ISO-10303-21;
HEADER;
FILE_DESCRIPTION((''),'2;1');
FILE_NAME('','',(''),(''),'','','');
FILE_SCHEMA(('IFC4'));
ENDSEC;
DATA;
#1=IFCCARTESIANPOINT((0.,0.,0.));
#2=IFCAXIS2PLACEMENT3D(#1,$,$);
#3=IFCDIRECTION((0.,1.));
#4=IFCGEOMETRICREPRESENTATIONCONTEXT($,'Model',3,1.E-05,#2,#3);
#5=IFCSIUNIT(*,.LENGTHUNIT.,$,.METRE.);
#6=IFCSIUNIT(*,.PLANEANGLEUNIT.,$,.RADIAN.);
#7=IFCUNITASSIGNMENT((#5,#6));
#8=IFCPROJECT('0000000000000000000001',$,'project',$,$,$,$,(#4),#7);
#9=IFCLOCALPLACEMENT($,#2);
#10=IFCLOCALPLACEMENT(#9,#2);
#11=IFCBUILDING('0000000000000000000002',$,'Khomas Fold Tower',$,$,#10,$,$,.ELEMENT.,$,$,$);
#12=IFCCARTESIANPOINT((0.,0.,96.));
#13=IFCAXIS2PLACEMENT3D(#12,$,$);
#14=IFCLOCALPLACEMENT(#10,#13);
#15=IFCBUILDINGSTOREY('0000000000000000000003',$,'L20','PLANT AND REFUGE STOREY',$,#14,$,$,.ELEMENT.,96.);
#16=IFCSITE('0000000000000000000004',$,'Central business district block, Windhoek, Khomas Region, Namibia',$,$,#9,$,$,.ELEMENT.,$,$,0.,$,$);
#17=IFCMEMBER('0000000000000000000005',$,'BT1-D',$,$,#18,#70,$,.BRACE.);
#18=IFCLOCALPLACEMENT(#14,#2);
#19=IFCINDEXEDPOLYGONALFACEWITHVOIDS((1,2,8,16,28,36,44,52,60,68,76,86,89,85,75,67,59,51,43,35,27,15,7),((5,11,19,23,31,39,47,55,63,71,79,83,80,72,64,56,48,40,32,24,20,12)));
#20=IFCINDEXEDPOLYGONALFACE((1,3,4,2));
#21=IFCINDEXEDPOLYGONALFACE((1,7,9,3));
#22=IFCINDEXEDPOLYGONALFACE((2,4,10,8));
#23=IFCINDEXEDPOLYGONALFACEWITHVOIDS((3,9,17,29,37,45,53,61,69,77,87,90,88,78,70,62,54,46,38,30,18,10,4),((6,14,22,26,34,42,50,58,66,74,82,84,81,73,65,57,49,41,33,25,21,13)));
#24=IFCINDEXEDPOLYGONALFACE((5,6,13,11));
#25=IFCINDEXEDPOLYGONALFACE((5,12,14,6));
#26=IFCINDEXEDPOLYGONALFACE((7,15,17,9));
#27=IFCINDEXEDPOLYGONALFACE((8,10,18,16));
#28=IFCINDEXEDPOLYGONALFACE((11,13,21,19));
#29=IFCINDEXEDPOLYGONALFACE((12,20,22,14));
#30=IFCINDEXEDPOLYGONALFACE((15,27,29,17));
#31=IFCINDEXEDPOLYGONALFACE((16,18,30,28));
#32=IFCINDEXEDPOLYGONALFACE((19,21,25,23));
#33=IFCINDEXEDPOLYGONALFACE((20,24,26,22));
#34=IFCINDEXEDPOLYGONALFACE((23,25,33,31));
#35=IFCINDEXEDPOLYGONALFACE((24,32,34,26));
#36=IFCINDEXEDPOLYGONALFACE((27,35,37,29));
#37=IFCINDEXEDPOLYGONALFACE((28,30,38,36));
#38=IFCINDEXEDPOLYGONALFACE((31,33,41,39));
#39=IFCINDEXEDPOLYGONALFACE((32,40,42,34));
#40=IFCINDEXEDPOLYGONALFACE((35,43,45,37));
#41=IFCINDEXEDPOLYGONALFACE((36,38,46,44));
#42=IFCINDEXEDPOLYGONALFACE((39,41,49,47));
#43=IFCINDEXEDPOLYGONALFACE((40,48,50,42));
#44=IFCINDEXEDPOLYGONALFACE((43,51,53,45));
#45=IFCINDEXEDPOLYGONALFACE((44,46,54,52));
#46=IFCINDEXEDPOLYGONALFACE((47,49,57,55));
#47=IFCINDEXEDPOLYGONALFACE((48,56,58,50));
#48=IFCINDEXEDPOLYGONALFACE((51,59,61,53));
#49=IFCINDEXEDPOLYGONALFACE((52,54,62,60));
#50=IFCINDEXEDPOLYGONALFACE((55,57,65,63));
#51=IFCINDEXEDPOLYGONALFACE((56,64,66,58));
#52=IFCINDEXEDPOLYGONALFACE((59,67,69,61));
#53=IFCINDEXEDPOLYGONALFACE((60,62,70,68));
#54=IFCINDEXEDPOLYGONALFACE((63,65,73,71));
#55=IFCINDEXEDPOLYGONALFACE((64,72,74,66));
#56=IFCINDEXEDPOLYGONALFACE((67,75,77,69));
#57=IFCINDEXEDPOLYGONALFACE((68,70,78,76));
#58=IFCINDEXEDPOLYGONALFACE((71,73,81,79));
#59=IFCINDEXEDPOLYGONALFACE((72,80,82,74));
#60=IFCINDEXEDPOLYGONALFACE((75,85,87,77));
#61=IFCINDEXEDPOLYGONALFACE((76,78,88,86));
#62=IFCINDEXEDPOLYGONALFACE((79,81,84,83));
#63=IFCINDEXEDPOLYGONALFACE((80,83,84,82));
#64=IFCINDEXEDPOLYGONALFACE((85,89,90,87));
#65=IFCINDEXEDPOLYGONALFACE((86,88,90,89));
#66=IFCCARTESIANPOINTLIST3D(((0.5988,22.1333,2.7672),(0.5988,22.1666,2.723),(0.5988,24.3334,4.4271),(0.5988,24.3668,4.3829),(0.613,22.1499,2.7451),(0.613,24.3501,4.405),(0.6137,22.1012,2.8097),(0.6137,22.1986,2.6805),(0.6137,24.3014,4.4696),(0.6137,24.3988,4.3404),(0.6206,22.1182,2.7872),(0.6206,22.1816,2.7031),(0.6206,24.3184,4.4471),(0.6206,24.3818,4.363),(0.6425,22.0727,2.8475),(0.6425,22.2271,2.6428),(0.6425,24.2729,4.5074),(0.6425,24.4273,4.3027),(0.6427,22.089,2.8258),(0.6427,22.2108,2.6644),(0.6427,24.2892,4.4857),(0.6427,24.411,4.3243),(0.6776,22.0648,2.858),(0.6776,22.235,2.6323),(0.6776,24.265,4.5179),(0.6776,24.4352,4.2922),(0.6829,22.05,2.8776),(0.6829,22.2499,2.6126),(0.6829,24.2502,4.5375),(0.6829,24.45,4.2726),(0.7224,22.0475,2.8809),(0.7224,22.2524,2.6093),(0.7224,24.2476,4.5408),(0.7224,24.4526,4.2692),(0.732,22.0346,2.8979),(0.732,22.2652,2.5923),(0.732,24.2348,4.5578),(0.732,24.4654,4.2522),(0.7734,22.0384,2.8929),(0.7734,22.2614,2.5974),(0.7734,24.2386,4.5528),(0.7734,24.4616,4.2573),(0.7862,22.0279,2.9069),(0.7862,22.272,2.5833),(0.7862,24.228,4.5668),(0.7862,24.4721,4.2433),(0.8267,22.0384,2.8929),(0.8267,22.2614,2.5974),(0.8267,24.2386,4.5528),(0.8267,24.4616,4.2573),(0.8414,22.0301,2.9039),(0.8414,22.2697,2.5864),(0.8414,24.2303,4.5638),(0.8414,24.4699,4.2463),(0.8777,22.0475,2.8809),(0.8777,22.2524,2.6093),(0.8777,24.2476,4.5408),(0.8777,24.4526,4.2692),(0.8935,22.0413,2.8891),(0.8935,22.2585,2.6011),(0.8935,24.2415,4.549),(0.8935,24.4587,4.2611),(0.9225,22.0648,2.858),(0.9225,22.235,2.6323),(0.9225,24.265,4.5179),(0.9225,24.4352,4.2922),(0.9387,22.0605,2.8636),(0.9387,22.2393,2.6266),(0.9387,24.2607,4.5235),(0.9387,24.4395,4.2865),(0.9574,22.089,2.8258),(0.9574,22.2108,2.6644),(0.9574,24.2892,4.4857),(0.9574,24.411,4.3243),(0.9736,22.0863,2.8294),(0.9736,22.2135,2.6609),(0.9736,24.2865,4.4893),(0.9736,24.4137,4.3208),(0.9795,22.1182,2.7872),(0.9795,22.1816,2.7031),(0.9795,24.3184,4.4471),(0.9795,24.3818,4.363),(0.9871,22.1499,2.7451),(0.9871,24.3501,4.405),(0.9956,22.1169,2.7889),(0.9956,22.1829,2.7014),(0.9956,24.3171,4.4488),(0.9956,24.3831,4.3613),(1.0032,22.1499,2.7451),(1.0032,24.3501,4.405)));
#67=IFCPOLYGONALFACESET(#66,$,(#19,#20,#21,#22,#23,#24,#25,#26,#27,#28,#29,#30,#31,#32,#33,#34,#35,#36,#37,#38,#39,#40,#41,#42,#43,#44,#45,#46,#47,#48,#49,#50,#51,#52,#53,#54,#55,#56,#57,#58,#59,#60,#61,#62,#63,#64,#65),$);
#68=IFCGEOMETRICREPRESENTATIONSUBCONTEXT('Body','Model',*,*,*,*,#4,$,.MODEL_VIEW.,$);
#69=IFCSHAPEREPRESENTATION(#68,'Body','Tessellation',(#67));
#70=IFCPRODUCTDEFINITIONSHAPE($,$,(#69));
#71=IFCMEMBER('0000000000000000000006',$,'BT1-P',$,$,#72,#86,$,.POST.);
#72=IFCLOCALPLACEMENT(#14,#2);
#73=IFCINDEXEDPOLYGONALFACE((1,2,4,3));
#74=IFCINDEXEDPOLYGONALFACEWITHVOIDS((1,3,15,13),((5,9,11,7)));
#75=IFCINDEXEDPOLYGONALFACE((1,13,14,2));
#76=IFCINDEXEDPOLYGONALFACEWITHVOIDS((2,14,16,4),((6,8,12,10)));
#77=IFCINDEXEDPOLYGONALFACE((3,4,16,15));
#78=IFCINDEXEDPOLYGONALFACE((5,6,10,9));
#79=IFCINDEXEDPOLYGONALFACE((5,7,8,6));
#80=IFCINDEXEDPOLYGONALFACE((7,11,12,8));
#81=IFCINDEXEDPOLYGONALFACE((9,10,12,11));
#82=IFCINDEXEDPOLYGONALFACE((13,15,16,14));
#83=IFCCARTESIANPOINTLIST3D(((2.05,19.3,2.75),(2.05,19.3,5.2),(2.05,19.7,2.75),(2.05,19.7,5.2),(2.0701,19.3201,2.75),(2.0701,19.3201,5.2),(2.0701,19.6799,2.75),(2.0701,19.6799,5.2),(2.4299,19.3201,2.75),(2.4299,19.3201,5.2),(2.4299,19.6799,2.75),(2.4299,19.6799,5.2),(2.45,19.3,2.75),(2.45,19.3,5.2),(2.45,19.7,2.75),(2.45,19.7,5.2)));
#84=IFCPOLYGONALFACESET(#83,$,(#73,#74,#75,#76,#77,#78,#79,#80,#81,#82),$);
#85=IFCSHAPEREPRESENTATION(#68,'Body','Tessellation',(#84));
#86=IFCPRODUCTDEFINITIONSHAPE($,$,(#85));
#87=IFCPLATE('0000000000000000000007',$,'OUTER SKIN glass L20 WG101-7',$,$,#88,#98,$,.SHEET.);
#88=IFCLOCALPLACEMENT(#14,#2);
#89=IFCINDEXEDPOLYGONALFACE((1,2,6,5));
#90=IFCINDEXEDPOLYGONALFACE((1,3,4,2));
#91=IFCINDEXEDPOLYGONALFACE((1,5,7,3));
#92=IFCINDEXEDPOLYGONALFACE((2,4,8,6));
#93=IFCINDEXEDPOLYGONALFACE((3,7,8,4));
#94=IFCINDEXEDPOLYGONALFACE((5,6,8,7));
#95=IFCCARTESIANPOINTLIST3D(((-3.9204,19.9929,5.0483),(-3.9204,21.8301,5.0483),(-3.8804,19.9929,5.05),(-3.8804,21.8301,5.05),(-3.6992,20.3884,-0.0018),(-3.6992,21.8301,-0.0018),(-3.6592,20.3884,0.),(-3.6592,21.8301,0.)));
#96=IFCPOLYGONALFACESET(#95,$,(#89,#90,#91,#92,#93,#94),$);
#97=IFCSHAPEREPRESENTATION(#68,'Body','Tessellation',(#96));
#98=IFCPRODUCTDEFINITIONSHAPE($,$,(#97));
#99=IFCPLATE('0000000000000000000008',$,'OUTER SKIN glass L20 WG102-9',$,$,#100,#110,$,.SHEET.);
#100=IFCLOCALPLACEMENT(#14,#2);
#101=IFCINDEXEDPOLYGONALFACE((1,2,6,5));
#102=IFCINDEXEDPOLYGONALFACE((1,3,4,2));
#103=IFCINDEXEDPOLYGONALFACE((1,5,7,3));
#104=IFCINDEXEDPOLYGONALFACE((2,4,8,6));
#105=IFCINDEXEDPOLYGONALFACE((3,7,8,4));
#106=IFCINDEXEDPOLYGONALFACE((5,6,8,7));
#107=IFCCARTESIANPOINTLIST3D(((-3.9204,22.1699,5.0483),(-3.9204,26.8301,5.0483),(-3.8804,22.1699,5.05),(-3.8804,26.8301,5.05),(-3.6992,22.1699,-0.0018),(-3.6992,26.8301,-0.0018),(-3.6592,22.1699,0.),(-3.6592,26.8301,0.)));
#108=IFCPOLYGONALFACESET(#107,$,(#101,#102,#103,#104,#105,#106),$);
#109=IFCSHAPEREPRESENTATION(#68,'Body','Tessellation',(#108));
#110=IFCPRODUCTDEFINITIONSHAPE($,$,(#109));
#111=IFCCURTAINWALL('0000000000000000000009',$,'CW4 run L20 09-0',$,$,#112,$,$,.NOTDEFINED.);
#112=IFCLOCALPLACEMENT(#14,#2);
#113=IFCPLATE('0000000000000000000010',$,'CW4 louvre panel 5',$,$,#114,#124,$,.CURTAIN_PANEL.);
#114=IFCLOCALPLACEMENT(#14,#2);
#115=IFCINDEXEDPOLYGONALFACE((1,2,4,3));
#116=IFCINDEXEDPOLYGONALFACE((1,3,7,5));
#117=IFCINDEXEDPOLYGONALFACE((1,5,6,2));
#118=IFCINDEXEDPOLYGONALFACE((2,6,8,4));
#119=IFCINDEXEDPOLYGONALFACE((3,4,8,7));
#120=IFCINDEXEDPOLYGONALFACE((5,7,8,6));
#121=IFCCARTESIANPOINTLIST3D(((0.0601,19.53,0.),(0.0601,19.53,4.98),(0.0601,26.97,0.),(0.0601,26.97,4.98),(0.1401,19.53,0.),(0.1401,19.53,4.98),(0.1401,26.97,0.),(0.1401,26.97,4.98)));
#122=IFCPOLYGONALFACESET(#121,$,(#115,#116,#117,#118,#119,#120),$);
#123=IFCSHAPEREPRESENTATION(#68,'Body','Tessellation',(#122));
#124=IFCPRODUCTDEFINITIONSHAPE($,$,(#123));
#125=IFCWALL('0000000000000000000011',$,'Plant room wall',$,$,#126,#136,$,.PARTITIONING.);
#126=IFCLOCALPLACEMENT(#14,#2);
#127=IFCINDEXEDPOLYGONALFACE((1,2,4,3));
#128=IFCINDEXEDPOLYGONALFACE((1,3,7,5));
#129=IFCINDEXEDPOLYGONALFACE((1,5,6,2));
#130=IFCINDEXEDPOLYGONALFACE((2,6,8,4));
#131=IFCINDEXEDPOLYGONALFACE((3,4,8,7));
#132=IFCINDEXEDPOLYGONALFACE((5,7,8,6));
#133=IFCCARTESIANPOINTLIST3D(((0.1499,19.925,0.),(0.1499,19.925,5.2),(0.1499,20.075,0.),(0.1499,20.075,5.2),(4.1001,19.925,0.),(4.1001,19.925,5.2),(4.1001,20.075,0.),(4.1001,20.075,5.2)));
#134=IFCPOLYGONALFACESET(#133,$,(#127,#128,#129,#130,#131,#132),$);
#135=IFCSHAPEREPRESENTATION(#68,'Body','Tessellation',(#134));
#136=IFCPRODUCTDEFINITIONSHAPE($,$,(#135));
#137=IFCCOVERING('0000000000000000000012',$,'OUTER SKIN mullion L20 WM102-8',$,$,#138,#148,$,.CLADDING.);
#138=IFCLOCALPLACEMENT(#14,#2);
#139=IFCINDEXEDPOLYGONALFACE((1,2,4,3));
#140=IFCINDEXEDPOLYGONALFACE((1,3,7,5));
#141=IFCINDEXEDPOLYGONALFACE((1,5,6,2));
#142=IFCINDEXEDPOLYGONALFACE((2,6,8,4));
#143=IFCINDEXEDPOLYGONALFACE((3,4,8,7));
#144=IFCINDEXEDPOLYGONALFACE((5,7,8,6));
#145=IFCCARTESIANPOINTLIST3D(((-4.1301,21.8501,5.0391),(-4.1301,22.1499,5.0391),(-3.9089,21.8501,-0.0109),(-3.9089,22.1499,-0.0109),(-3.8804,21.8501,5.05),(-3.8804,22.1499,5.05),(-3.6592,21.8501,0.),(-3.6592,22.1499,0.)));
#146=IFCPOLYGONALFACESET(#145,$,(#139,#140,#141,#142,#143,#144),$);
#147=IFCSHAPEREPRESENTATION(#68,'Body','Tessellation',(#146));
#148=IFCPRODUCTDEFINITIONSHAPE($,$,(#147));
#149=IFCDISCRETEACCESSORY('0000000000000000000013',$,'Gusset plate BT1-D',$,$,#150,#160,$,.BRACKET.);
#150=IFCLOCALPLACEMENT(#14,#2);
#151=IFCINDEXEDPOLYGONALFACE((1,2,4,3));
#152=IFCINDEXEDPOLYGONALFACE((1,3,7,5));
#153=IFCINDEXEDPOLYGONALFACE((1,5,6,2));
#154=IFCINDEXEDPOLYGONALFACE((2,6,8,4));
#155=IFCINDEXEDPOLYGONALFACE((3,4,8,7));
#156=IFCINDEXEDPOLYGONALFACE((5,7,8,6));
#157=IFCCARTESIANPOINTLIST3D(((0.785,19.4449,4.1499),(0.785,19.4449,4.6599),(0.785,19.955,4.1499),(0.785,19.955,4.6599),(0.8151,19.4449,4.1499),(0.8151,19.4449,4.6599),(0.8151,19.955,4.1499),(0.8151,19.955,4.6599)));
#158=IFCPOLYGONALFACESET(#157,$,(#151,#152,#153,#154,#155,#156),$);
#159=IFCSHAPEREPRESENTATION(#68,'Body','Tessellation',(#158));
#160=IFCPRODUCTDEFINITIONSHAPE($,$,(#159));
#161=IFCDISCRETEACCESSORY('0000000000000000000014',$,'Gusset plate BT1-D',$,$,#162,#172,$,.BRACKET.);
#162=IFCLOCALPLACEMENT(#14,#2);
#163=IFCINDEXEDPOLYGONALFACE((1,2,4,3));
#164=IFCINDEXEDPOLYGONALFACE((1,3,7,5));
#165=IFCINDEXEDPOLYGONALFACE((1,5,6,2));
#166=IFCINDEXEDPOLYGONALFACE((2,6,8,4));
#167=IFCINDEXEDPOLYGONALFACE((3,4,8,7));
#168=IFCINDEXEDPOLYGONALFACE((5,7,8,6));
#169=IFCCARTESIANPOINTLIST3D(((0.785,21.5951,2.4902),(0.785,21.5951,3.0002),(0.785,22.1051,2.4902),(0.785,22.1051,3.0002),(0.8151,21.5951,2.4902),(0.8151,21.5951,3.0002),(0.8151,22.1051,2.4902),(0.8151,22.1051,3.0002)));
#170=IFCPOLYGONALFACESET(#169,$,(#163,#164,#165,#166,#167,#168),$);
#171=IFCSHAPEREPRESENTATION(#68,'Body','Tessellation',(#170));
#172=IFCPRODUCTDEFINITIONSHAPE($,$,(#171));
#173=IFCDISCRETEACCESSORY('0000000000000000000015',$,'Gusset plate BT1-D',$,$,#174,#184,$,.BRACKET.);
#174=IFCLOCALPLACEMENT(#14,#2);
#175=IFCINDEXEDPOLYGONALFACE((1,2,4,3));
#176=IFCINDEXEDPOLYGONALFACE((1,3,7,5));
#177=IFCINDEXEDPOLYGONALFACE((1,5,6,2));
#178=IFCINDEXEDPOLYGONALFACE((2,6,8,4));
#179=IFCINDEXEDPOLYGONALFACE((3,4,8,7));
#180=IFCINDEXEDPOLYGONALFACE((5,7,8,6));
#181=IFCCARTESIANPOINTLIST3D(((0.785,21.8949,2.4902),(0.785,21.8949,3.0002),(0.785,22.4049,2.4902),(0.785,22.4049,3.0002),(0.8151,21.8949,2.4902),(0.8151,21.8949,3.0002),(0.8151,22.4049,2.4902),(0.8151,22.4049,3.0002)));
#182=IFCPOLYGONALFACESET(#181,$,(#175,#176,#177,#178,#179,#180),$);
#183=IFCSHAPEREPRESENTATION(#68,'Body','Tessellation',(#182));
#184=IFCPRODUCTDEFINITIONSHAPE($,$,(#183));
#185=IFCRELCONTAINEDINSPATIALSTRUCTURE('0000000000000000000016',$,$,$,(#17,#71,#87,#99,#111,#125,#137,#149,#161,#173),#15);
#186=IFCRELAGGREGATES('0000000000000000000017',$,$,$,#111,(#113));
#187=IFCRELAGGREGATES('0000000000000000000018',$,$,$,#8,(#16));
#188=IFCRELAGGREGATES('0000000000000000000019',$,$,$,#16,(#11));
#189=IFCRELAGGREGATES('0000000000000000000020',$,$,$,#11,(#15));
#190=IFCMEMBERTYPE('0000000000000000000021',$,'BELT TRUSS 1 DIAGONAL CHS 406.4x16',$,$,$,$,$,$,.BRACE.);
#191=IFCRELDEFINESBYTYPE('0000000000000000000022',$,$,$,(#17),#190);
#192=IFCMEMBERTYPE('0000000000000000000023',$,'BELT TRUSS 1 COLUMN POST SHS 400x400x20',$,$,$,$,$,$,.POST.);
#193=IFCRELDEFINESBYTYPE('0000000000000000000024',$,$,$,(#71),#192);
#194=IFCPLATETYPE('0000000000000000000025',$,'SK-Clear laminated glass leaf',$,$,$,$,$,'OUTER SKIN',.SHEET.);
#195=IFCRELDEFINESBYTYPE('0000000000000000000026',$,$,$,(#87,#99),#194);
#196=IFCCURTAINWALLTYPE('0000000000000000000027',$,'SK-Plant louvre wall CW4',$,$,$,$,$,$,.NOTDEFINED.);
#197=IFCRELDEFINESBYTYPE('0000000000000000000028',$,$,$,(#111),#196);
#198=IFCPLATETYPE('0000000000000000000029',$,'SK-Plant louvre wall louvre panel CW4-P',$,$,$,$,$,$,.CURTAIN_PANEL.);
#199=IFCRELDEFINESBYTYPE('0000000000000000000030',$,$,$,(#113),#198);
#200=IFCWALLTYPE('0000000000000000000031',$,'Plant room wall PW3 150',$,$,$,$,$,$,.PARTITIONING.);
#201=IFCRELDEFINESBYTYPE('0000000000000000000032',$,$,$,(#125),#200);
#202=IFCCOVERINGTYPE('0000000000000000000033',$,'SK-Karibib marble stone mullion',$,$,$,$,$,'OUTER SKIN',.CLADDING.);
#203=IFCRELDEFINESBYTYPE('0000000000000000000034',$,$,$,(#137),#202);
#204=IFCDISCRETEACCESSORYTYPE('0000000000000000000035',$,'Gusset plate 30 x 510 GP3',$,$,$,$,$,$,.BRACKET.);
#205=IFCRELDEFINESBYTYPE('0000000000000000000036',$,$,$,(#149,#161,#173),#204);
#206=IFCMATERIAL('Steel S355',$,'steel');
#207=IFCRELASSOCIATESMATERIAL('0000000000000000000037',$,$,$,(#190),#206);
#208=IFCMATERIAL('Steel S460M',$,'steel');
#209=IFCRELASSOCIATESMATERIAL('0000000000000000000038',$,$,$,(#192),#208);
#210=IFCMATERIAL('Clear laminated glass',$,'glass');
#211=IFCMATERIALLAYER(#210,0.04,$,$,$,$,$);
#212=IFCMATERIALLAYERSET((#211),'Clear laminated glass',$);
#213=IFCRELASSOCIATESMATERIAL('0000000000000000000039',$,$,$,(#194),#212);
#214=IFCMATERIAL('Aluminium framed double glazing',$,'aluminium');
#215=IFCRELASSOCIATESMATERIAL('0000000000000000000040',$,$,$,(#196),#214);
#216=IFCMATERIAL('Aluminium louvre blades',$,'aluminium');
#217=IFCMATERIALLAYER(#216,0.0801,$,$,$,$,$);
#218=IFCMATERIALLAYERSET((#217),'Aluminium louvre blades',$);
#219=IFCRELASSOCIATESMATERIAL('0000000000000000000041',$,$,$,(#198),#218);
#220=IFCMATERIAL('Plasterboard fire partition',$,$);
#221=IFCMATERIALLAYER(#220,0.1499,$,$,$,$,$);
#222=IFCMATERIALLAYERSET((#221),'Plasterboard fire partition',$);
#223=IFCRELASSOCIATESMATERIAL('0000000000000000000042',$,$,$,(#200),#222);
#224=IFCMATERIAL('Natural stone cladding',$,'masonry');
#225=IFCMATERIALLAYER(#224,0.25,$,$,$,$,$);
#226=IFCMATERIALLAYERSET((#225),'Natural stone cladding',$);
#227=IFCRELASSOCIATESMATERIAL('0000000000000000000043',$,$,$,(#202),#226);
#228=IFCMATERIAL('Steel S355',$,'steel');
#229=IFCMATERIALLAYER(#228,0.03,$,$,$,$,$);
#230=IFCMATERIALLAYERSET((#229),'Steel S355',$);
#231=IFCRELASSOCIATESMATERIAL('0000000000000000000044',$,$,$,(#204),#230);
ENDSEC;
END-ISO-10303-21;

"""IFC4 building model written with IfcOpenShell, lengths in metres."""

from ifc_helpers import new_model, si_unit, direction, frame, frame_2d, origin, origin_2d, place, context, subcontext, project, spatial, polyline, rectangle, hollow_rectangle, hollow_circle, outline, extrude, source, transform, mapped, material, layer, layer_set, material_profile, profile_set, type_object, element, aggregate, save


model = new_model("IFC4")

# Units and contexts
model_context = context("Model", 3, precision=1e-05, world=origin(), true_north=direction((0.0, 1.0)))
body_context = subcontext(model_context, "Body", "Model", "MODEL_VIEW")
ifc_project = project(units=[si_unit("LENGTHUNIT", "METRE"), si_unit("PLANEANGLEUNIT", "RADIAN")], contexts=[model_context])

# Site, building, storey
site_placement = place(None, origin())
site = spatial("IfcSite", under=ifc_project, at=site_placement, Name="Central business district block, Windhoek, Khomas Region, Namibia", CompositionType="ELEMENT", RefElevation=0.0)
building_placement = place(site_placement, origin())
building = spatial("IfcBuilding", under=site, at=building_placement, Name="Khomas Fold Tower", CompositionType="ELEMENT")
storey_placement = place(building_placement, frame((0.0, 0.0, 96.0)))
storey = spatial("IfcBuildingStorey", under=building, at=storey_placement, Name="L20", Description="PLANT AND REFUGE STOREY", CompositionType="ELEMENT", Elevation=96.0)

# Members
ifc_material_1 = material(Name="Steel S355", Category="steel")
ifc_material_profile_1 = material_profile(ifc_material_1, hollow_circle(Radius=0.2031, WallThickness=0.0161, at=origin_2d()), Name="CHS 406.4x16")
ifc_profile_set_1 = profile_set([ifc_material_profile_1], Name="Steel S355")
member_type_1 = type_object("IfcMemberType", Name="BELT TRUSS 1 DIAGONAL CHS 406.4x16", PredefinedType="BRACE", material=ifc_profile_set_1)
shared_shape_1 = source(origin(), body_context, "Body", "SweptSolid", [
    extrude(hollow_circle(Radius=0.2031, WallThickness=0.0161, at=origin_2d()), origin(), (0.0, 0.0, 1.0), 2.7561),
])
member_1_placement = place(storey_placement, frame((0.8, 24.3501, 4.405), z_axis=(0.0, -0.798296, -0.602265), x_axis=(1.0, 0.0, 0.0)))
element("IfcMember", 1, at=member_1_placement, inside=storey, type_object=member_type_1, Name="BT1-D", PredefinedType="BRACE", context=body_context, shape_type="MappedRepresentation", body=[
    mapped(shared_shape_1, transform((0.0, 0.0, 0.0))),
])
ifc_material_2 = material(Name="Steel S460M", Category="steel")
ifc_material_profile_2 = material_profile(ifc_material_2, hollow_rectangle(XDim=0.3999, YDim=0.3999, WallThickness=0.02, at=origin_2d()), Name="SHS 400x400x20")
ifc_profile_set_2 = profile_set([ifc_material_profile_2], Name="Steel S460M")
member_type_2 = type_object("IfcMemberType", Name="BELT TRUSS 1 COLUMN POST SHS 400x400x20", PredefinedType="POST", material=ifc_profile_set_2)
shared_shape_2 = source(origin(), body_context, "Body", "SweptSolid", [
    extrude(hollow_rectangle(XDim=0.3999, YDim=0.3999, WallThickness=0.02, at=origin_2d()), origin(), (0.0, 0.0, 1.0), 2.45),
])
member_2_placement = place(storey_placement, frame((2.25, 19.5, 2.75), z_axis=(0.0, 0.0, 1.0), x_axis=(1.0, 0.0, 0.0)))
element("IfcMember", 2, at=member_2_placement, inside=storey, type_object=member_type_2, Name="BT1-P", PredefinedType="POST", context=body_context, shape_type="MappedRepresentation", body=[
    mapped(shared_shape_2, transform((0.0, 0.0, 0.0))),
])

# Plates
ifc_material_3 = material(Name="Clear laminated glass", Category="glass")
ifc_layer_1 = layer(ifc_material_3, 0.04)
ifc_layer_set_1 = layer_set([ifc_layer_1], Name="Clear laminated glass")
plate_type_1 = type_object("IfcPlateType", Name="SK-Clear laminated glass leaf", ElementType="OUTER SKIN", PredefinedType="SHEET", material=ifc_layer_set_1)
plate_1_placement = place(storey_placement, frame((-3.6592, 20.3884, 0.0), z_axis=(0.999042, 0.0, 0.043758), x_axis=(-0.043625, -0.078004, 0.995998)))
element("IfcPlate", 3, at=plate_1_placement, inside=storey, type_object=plate_type_1, Name="OUTER SKIN glass L20 WG101-7", PredefinedType="SHEET", context=body_context, shape_type="SweptSolid", body=[
    extrude(outline(polyline([(0.0, 0.0), (5.0703, 0.0), (4.927, -1.8316), (-0.1125, -1.4373), (0.0, 0.0)])), origin(), (0.0, 0.0, -1.0), 0.04),
])
plate_2_placement = place(storey_placement, frame((-3.6592, 22.1699, 0.0), z_axis=(0.999042, 0.0, 0.043758), x_axis=(-0.043758, 0.0, 0.999042)))
element("IfcPlate", 4, at=plate_2_placement, inside=storey, type_object=plate_type_1, Name="OUTER SKIN glass L20 WG102-9", PredefinedType="SHEET", context=body_context, shape_type="SweptSolid", body=[
    extrude(outline(polyline([(0.0, 0.0), (5.0549, 0.0), (5.0549, -4.6602), (0.0, -4.6602), (0.0, 0.0)])), origin(), (0.0, 0.0, -1.0), 0.04),
])

# Curtain wall, plate
ifc_material_4 = material(Name="Aluminium framed double glazing", Category="aluminium")
curtain_wall_type = type_object("IfcCurtainWallType", Name="SK-Plant louvre wall CW4", PredefinedType="NOTDEFINED", material=ifc_material_4)
curtain_wall_placement = place(storey_placement, origin())
curtain_wall = element("IfcCurtainWall", 5, at=curtain_wall_placement, inside=storey, type_object=curtain_wall_type, Name="CW4 run L20 09-0", PredefinedType="NOTDEFINED")
ifc_material_5 = material(Name="Aluminium louvre blades", Category="aluminium")
ifc_layer_2 = layer(ifc_material_5, 0.0801)
ifc_layer_set_2 = layer_set([ifc_layer_2], Name="Aluminium louvre blades")
plate_type_2 = type_object("IfcPlateType", Name="SK-Plant louvre wall louvre panel CW4-P", PredefinedType="CURTAIN_PANEL", material=ifc_layer_set_2)
shared_shape_3 = source(origin(), body_context, "Body", "SweptSolid", [
    extrude(rectangle(XDim=7.4399, YDim=0.0801, at=origin_2d()), origin(), (0.0, 0.0, 1.0), 4.98),
])
plate_3_placement = place(storey_placement, frame((0.1001, 23.25, 0.0), z_axis=(0.0, 0.0, 1.0), x_axis=(0.0, -1.0, 0.0)))
plate_3 = element("IfcPlate", 6, at=plate_3_placement, type_object=plate_type_2, Name="CW4 louvre panel 5", PredefinedType="CURTAIN_PANEL", context=body_context, shape_type="MappedRepresentation", body=[
    mapped(shared_shape_3, transform((0.0, 0.0, 0.0))),
])
aggregate(curtain_wall, [plate_3])

# Wall
ifc_material_6 = material(Name="Plasterboard fire partition")
ifc_layer_3 = layer(ifc_material_6, 0.1499)
ifc_layer_set_3 = layer_set([ifc_layer_3], Name="Plasterboard fire partition")
wall_type = type_object("IfcWallType", Name="Plant room wall PW3 150", PredefinedType="PARTITIONING", material=ifc_layer_set_3)
shared_shape_4 = source(origin(), body_context, "Body", "SweptSolid", [
    extrude(rectangle(XDim=3.9502, YDim=0.1499, at=frame_2d((1.9751, 0.0))), origin(), (0.0, 0.0, 1.0), 5.2),
])
wall_placement = place(storey_placement, frame((0.1499, 20.0, 0.0), z_axis=(0.0, 0.0, 1.0), x_axis=(1.0, 0.0, 0.0)))
element("IfcWall", 7, at=wall_placement, inside=storey, type_object=wall_type, Name="Plant room wall", PredefinedType="PARTITIONING", context=body_context, shape_type="MappedRepresentation", body=[
    mapped(shared_shape_4, transform((0.0, 0.0, 0.0))),
])

# Covering
ifc_material_7 = material(Name="Natural stone cladding", Category="masonry")
ifc_layer_4 = layer(ifc_material_7, 0.25)
ifc_layer_set_4 = layer_set([ifc_layer_4], Name="Natural stone cladding")
covering_type = type_object("IfcCoveringType", Name="SK-Karibib marble stone mullion", ElementType="OUTER SKIN", PredefinedType="CLADDING", material=ifc_layer_set_4)
covering_placement = place(storey_placement, frame((-3.6592, 21.8501, 0.0), z_axis=(0.999042, 0.0, 0.043758), x_axis=(-0.043758, 0.0, 0.999042)))
element("IfcCovering", 8, at=covering_placement, inside=storey, type_object=covering_type, Name="OUTER SKIN mullion L20 WM102-8", PredefinedType="CLADDING", context=body_context, shape_type="SweptSolid", body=[
    extrude(outline(polyline([(0.0, 0.0), (5.0549, 0.0), (5.0549, -0.2998), (0.0, -0.2998), (0.0, 0.0)])), origin(), (0.0, 0.0, -1.0), 0.25),
])

# Discrete accessories
ifc_material_8 = material(Name="Steel S355", Category="steel")
ifc_layer_5 = layer(ifc_material_8, 0.03)
ifc_layer_set_5 = layer_set([ifc_layer_5], Name="Steel S355")
discrete_accessory_type_1 = type_object("IfcDiscreteAccessoryType", Name="Gusset plate 30 x 510 GP3", PredefinedType="BRACKET", material=ifc_layer_set_5)
shared_shape_5 = source(origin(), body_context, "Body", "SweptSolid", [
    extrude(rectangle(XDim=0.51, YDim=0.03, at=origin_2d()), origin(), (0.0, 0.0, 1.0), 0.51),
])
for number, where, z_axis, x_axis, name in (
    (9, (0.8, 19.7, 4.1499), (0.0, 0.0, 1.0), (0.0, 1.0, 0.0), "Gusset plate BT1-D"),
    (10, (0.8, 21.8501, 2.4902), (0.0, 0.0, 1.0), (0.0, 1.0, 0.0), "Gusset plate BT1-D"),
    (11, (0.8, 22.1499, 2.4902), (0.0, 0.0, 1.0), (0.0, 1.0, 0.0), "Gusset plate BT1-D"),
):
    element("IfcDiscreteAccessory", number, at=place(storey_placement, frame(where, z_axis=z_axis, x_axis=x_axis)), inside=storey, type_object=discrete_accessory_type_1, Name=name, PredefinedType="BRACKET", context=body_context, shape_type="MappedRepresentation", body=[
        mapped(shared_shape_5, transform((0.0, 0.0, 0.0))),
    ])

save(model, "model.ifc")
